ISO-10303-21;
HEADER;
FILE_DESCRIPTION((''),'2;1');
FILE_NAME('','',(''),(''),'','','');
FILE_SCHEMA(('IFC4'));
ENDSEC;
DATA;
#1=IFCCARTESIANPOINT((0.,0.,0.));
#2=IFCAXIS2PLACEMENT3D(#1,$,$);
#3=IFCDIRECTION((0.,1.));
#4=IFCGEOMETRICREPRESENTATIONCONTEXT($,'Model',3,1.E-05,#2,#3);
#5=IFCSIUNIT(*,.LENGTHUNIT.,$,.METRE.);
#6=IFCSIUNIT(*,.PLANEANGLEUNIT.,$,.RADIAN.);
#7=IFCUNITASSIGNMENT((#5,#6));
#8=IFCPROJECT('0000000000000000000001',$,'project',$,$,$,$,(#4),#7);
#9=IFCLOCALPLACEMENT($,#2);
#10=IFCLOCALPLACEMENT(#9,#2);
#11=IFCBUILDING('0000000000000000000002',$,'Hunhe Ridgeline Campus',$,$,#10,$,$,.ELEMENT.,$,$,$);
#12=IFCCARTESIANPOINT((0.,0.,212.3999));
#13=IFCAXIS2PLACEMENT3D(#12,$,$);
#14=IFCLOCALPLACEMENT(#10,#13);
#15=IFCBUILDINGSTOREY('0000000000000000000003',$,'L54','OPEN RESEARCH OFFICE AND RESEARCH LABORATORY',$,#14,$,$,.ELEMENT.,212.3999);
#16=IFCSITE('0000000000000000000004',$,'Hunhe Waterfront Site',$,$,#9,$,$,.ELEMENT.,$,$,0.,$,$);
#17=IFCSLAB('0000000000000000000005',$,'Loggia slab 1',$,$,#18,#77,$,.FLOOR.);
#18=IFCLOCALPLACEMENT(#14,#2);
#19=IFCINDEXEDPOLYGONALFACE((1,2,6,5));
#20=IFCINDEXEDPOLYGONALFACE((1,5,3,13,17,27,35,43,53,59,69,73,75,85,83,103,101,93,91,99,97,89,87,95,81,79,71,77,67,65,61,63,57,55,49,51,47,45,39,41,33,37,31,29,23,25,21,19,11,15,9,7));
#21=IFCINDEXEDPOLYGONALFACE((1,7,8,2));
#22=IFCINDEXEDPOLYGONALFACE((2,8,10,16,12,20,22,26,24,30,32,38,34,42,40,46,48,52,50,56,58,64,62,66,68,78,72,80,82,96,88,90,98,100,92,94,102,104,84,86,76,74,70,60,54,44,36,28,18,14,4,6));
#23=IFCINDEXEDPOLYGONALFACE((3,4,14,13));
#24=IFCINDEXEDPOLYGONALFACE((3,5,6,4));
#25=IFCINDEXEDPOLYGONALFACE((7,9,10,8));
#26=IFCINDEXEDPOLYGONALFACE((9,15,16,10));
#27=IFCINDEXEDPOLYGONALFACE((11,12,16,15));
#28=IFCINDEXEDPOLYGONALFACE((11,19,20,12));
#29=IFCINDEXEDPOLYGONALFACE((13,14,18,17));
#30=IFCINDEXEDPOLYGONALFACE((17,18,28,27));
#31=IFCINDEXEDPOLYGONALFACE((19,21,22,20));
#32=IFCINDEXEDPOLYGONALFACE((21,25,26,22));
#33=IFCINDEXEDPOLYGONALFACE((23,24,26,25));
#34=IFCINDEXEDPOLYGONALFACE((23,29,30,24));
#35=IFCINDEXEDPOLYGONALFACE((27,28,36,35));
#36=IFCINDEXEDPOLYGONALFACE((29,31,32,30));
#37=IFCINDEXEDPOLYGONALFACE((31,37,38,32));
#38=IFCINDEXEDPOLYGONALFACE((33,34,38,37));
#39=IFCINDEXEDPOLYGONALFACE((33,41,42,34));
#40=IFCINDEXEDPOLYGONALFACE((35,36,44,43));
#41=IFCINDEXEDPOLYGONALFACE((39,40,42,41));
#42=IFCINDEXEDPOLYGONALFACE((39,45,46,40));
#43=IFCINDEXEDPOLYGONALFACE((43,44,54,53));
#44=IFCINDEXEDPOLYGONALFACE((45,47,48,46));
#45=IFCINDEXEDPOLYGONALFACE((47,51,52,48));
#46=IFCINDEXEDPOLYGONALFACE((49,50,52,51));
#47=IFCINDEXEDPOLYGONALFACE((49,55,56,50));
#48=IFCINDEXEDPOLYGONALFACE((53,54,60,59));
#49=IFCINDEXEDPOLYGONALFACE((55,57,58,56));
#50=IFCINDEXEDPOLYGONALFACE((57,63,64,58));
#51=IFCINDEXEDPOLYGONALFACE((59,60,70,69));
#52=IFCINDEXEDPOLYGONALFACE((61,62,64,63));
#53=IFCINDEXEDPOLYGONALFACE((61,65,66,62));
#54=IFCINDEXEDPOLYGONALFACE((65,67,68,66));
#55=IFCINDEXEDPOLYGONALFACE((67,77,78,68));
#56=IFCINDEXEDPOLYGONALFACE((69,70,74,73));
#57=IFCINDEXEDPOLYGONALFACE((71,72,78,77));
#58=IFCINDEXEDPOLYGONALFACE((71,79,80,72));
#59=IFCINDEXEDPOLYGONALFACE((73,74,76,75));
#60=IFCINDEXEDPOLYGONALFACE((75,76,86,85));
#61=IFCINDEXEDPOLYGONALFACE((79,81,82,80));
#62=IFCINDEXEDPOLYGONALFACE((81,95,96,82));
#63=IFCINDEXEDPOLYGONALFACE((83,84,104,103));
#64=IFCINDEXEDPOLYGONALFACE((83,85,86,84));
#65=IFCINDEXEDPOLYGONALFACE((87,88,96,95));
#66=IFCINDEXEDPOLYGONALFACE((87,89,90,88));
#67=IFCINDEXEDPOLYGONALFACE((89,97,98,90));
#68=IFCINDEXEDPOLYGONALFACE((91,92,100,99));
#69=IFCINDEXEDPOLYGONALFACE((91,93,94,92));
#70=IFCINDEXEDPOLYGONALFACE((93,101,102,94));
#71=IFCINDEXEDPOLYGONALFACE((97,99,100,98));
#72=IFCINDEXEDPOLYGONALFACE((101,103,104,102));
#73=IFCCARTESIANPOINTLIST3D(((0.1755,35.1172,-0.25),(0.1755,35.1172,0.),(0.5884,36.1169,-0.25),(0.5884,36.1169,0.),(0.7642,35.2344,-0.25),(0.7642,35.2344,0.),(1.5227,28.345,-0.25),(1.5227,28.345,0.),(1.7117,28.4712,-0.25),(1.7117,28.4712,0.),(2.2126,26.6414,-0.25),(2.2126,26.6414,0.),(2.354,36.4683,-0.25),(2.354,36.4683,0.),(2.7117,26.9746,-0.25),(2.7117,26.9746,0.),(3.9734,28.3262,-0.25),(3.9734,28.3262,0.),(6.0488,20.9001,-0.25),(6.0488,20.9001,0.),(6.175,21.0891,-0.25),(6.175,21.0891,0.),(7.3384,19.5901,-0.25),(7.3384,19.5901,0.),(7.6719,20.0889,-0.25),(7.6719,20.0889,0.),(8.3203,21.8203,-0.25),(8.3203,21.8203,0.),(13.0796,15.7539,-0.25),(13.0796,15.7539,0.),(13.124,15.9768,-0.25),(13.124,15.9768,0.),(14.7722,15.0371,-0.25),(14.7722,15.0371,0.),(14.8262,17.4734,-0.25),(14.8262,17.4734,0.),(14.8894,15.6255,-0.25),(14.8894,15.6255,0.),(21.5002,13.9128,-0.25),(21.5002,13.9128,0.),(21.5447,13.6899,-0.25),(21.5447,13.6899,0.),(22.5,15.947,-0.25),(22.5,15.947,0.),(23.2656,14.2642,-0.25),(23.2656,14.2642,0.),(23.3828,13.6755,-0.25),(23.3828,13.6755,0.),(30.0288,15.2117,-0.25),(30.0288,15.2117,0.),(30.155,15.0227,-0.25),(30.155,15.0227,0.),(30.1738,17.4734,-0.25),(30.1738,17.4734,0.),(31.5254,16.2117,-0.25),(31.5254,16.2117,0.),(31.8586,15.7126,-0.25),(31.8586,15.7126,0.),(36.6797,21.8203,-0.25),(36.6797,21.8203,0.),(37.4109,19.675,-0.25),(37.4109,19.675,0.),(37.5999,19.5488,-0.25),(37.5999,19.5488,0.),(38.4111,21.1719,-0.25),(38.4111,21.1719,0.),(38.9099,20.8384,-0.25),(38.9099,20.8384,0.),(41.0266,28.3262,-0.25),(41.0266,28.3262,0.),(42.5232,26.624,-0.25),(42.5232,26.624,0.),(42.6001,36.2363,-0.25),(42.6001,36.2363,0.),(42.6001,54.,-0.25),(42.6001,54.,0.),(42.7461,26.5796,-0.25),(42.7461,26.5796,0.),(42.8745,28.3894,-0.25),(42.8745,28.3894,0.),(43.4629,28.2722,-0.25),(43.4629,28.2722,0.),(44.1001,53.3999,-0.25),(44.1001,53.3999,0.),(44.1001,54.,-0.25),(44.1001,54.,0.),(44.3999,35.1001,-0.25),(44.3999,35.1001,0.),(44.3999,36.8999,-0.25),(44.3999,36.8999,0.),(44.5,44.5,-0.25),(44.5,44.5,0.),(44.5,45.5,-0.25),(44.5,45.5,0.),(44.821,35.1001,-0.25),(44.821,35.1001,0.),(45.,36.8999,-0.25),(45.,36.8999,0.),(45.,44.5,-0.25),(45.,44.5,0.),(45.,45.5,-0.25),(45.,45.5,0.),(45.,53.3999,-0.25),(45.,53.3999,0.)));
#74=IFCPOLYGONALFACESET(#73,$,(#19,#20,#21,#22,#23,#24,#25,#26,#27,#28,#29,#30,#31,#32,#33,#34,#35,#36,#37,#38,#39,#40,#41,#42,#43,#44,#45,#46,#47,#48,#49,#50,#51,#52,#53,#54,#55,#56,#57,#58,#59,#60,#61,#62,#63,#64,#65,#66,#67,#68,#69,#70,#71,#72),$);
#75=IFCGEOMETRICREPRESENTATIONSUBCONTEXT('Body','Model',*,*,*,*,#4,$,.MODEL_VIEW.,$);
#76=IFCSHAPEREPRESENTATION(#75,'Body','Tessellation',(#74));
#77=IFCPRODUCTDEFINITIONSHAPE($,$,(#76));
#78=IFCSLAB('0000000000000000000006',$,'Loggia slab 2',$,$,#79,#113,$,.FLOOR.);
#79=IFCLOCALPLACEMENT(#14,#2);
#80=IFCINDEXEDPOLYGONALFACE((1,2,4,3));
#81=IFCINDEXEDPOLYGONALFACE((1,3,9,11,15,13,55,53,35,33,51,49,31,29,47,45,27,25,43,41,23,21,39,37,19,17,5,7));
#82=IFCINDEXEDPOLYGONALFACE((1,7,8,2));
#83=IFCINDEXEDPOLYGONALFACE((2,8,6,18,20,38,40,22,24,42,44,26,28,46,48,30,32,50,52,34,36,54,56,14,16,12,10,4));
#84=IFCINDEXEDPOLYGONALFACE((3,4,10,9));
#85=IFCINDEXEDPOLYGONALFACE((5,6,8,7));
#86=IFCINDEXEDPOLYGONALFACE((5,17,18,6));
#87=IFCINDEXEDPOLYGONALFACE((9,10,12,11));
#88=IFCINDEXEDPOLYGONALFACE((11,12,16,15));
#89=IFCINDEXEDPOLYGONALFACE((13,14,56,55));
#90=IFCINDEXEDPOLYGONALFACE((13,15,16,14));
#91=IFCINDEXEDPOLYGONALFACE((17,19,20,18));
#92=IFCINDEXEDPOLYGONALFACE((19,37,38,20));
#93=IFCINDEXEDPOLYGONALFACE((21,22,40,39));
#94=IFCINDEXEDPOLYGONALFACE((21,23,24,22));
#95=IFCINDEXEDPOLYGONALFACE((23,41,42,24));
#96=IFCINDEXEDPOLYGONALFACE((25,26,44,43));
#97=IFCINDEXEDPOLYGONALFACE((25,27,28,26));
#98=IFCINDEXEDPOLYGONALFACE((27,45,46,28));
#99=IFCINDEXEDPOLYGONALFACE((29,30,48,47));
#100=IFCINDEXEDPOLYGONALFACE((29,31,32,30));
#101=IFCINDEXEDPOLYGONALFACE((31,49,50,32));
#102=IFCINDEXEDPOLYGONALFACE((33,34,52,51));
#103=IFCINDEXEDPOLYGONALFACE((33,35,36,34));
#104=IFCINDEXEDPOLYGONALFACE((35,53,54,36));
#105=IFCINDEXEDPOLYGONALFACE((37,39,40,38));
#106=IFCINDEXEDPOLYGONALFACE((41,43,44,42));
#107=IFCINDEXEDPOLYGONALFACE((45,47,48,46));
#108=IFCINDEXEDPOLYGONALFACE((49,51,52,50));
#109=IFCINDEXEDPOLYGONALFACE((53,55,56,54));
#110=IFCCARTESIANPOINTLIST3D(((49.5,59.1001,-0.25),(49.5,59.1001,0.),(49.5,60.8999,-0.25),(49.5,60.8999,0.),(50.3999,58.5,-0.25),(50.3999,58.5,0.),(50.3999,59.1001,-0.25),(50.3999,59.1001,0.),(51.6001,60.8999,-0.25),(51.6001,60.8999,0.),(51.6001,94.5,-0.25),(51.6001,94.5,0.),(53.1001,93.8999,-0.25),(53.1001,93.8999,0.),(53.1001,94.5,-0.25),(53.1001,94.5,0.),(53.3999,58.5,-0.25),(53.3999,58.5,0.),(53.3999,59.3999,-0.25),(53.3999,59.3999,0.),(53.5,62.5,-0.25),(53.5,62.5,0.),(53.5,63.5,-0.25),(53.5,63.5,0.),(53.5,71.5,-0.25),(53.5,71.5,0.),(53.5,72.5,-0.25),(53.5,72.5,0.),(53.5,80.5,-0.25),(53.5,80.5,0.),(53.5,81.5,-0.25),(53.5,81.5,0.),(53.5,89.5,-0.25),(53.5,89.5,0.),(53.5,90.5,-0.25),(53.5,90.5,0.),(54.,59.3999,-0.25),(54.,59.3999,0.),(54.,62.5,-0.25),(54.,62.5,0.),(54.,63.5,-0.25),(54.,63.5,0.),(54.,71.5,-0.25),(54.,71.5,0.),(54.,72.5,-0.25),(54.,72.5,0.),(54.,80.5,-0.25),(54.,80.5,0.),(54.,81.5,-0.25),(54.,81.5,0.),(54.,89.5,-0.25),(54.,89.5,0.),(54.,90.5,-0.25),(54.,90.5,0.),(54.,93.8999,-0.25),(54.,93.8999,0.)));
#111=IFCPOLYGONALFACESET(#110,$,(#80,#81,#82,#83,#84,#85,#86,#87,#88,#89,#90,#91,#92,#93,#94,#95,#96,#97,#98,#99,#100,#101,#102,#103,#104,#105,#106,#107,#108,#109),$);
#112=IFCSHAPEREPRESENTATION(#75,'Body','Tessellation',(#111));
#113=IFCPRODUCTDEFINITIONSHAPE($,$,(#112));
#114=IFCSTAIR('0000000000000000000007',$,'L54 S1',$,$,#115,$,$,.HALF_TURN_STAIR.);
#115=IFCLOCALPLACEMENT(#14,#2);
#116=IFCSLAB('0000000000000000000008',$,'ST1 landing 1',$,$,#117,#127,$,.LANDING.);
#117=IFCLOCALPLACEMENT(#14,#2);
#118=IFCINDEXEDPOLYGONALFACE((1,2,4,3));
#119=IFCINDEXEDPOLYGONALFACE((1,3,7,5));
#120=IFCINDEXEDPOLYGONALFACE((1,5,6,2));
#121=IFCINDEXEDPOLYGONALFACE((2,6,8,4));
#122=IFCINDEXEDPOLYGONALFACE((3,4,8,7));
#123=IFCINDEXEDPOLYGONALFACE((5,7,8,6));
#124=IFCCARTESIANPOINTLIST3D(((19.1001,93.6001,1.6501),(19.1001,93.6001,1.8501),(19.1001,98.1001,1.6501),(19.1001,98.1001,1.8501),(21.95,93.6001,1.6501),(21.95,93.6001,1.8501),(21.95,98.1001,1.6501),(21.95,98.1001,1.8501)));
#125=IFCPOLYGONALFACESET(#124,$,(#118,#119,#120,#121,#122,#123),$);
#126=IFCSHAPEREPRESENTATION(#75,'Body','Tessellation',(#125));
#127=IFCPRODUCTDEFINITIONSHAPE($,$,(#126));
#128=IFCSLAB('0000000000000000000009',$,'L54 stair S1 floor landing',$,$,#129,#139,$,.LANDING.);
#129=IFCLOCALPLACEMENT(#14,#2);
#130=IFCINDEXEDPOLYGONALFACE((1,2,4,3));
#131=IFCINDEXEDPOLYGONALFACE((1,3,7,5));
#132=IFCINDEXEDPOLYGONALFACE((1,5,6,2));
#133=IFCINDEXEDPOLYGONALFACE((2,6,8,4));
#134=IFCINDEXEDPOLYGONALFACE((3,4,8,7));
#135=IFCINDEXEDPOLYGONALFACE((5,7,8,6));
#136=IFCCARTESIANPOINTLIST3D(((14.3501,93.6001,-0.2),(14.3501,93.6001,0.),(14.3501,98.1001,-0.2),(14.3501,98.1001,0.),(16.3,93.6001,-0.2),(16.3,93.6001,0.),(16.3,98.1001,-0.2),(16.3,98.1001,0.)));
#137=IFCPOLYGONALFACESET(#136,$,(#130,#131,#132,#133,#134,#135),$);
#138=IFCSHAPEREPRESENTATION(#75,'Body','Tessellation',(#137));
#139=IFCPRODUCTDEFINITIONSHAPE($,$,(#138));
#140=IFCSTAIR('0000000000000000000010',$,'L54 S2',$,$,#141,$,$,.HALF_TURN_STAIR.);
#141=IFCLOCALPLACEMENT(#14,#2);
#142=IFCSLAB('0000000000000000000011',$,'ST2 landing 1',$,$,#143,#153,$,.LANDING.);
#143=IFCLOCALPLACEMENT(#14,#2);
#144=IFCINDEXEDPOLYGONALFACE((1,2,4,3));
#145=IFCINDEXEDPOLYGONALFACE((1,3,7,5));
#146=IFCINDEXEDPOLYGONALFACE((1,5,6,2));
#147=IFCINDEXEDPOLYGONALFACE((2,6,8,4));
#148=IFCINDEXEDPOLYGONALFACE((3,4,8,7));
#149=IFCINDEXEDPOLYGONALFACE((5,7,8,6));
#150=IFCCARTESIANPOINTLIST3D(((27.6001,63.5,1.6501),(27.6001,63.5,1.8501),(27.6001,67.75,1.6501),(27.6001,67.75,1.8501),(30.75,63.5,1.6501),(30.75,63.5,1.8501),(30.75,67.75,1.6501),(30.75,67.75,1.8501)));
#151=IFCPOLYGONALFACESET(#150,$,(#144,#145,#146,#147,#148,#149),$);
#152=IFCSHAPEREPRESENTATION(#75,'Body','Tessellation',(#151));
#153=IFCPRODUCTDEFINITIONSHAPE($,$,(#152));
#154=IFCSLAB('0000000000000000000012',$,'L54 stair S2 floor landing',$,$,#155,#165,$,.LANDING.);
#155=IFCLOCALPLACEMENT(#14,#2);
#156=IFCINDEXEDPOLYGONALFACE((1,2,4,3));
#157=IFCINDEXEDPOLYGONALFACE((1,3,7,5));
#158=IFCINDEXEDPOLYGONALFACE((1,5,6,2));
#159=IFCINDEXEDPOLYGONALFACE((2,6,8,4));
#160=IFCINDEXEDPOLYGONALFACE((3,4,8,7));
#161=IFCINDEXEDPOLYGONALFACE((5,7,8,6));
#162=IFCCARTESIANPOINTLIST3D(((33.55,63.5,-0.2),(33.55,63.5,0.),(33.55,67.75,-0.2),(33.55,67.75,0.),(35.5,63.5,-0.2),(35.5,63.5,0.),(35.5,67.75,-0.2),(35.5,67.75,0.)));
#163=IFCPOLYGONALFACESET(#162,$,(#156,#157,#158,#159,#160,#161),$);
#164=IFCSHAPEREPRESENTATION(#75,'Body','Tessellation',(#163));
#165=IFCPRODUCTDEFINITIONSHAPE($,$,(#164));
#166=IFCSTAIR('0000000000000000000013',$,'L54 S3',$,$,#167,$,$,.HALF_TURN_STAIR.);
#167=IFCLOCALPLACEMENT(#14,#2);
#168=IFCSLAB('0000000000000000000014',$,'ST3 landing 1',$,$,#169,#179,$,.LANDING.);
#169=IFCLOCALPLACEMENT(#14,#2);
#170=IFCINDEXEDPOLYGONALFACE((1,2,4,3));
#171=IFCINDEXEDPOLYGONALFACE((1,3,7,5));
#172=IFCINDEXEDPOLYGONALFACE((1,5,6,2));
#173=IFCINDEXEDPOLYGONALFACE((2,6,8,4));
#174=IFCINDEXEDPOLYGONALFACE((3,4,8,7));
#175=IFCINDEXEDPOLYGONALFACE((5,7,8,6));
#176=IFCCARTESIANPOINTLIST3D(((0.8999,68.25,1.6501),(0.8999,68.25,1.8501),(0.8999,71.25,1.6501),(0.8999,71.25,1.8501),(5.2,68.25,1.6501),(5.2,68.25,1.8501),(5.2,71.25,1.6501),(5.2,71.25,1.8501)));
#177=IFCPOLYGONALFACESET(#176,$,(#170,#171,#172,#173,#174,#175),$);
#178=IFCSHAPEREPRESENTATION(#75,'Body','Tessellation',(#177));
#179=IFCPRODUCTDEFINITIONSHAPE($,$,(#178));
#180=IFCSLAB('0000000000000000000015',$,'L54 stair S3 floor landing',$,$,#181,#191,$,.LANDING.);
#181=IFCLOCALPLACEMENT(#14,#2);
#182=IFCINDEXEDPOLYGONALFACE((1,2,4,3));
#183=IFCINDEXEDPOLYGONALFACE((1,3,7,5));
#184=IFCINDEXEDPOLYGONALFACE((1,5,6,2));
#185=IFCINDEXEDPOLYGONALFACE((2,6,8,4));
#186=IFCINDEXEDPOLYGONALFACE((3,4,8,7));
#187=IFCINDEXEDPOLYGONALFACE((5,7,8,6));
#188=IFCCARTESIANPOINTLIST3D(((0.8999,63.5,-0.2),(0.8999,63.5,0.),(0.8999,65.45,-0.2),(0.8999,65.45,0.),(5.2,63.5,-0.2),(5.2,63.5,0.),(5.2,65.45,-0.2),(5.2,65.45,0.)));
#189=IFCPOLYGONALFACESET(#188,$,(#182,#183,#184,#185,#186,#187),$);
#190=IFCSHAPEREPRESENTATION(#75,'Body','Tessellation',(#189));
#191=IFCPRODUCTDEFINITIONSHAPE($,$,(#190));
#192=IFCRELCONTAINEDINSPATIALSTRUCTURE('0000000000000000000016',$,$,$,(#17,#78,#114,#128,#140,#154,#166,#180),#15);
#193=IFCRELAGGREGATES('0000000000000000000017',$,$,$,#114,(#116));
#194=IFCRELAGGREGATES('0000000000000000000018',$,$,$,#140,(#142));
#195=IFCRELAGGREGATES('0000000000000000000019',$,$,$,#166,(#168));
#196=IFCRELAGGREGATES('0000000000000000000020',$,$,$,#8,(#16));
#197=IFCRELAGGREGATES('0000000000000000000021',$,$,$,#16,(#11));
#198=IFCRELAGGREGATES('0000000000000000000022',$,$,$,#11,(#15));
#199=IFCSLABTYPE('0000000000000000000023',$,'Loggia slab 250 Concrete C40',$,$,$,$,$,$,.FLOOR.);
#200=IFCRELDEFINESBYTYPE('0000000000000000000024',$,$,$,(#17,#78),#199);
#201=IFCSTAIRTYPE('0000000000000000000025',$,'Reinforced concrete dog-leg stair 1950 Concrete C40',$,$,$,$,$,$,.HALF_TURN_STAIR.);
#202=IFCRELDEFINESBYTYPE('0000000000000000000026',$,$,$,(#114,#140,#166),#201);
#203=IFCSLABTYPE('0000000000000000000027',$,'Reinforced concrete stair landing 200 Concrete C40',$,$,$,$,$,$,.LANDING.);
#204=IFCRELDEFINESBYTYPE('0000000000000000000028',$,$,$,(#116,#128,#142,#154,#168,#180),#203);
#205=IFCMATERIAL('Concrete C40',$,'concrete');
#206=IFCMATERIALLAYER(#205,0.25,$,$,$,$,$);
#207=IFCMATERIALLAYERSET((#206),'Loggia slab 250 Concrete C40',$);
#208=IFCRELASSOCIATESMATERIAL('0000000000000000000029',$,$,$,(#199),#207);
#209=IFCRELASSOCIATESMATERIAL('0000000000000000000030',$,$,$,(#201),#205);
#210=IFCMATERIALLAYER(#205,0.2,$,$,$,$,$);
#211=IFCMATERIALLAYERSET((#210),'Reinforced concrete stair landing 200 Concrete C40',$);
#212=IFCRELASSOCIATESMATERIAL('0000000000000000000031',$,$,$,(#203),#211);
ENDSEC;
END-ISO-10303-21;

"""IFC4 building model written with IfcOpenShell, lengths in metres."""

from ifc_helpers import new_model, si_unit, direction, frame, origin, place, context, subcontext, project, spatial, polyline, outline, extrude, material, layer, layer_set, type_object, element, aggregate, save


model = new_model("IFC4")

# Units and contexts
model_context = context("Model", 3, precision=1e-05, world=origin(), true_north=direction((0.0, 1.0)))
body_context = subcontext(model_context, "Body", "Model", "MODEL_VIEW")
ifc_project = project(units=[si_unit("LENGTHUNIT", "METRE"), si_unit("PLANEANGLEUNIT", "RADIAN")], contexts=[model_context])

# Site, building, storey
site_placement = place(None, origin())
site = spatial("IfcSite", under=ifc_project, at=site_placement, Name="Hunhe Waterfront Site", CompositionType="ELEMENT", RefElevation=0.0)
building_placement = place(site_placement, origin())
building = spatial("IfcBuilding", under=site, at=building_placement, Name="Hunhe Ridgeline Campus", CompositionType="ELEMENT")
storey_placement = place(building_placement, frame((0.0, 0.0, 212.3999)))
storey = spatial("IfcBuildingStorey", under=building, at=storey_placement, Name="L54", Description="OPEN RESEARCH OFFICE AND RESEARCH LABORATORY", CompositionType="ELEMENT", Elevation=212.3999)

# Slabs
ifc_material_1 = material(Name="Concrete C40", Category="concrete")
ifc_layer_1 = layer(ifc_material_1, 0.25)
ifc_layer_set_1 = layer_set([ifc_layer_1], Name="Loggia slab 250 Concrete C40")
slab_type_1 = type_object("IfcSlabType", Name="Loggia slab 250 Concrete C40", PredefinedType="FLOOR", material=ifc_layer_set_1)
slab_1_placement = place(storey_placement, frame((0.0, 0.0, -0.25)))
element("IfcSlab", 1, at=slab_1_placement, inside=storey, type_object=slab_type_1, Name="Loggia slab 1", PredefinedType="FLOOR", context=body_context, shape_type="SweptSolid", body=[
    extrude(outline(polyline([(30.1738, 17.4734), (22.5, 15.947), (14.8262, 17.4734), (8.3203, 21.8203), (3.9734, 28.3262), (2.354, 36.4683), (0.5884, 36.1169), (0.7642, 35.2344), (0.1755, 35.1172), (1.5227, 28.345), (1.7117, 28.4712), (2.7117, 26.9746), (2.2126, 26.6414), (6.0488, 20.9001), (6.175, 21.0891), (7.6719, 20.0889), (7.3384, 19.5901), (13.0796, 15.7539), (13.124, 15.9768), (14.8894, 15.6255), (14.7722, 15.0371), (21.5447, 13.6899), (21.5002, 13.9128), (23.2656, 14.2642), (23.3828, 13.6755), (30.155, 15.0227), (30.0288, 15.2117), (31.5254, 16.2117), (31.8586, 15.7126), (37.5999, 19.5488), (37.4109, 19.675), (38.4111, 21.1719), (38.9099, 20.8384), (42.7461, 26.5796), (42.5232, 26.624), (42.8745, 28.3894), (43.4629, 28.2722), (44.821, 35.1001), (44.3999, 35.1001), (44.3999, 36.8999), (45.0, 36.8999), (45.0, 44.5), (44.5, 44.5), (44.5, 45.5), (45.0, 45.5), (45.0, 53.3999), (44.1001, 53.3999), (44.1001, 54.0), (42.6001, 54.0), (42.6001, 36.2363), (41.0266, 28.3262), (36.6797, 21.8203), (30.1738, 17.4734)])), origin(), (0.0, 0.0, 1.0), 0.25),
])
slab_2_placement = place(storey_placement, frame((0.0, 0.0, -0.25)))
element("IfcSlab", 2, at=slab_2_placement, inside=storey, type_object=slab_type_1, Name="Loggia slab 2", PredefinedType="FLOOR", context=body_context, shape_type="SweptSolid", body=[
    extrude(outline(polyline([(49.5, 59.1001), (50.3999, 59.1001), (50.3999, 58.5), (53.3999, 58.5), (53.3999, 59.3999), (54.0, 59.3999), (54.0, 62.5), (53.5, 62.5), (53.5, 63.5), (54.0, 63.5), (54.0, 71.5), (53.5, 71.5), (53.5, 72.5), (54.0, 72.5), (54.0, 80.5), (53.5, 80.5), (53.5, 81.5), (54.0, 81.5), (54.0, 89.5), (53.5, 89.5), (53.5, 90.5), (54.0, 90.5), (54.0, 93.8999), (53.1001, 93.8999), (53.1001, 94.5), (51.6001, 94.5), (51.6001, 60.8999), (49.5, 60.8999), (49.5, 59.1001)])), origin(), (0.0, 0.0, 1.0), 0.25),
])

# Stair, slab
stair_type = type_object("IfcStairType", Name="Reinforced concrete dog-leg stair 1950 Concrete C40", PredefinedType="HALF_TURN_STAIR", material=ifc_material_1)
stair_1_placement = place(storey_placement, origin())
stair_1 = element("IfcStair", 3, at=stair_1_placement, inside=storey, type_object=stair_type, Name="L54 S1", PredefinedType="HALF_TURN_STAIR")
ifc_layer_2 = layer(ifc_material_1, 0.2)
ifc_layer_set_2 = layer_set([ifc_layer_2], Name="Reinforced concrete stair landing 200 Concrete C40")
slab_type_2 = type_object("IfcSlabType", Name="Reinforced concrete stair landing 200 Concrete C40", PredefinedType="LANDING", material=ifc_layer_set_2)
slab_3_placement = place(storey_placement, frame((0.0, 0.0, 1.6501)))
slab_3 = element("IfcSlab", 4, at=slab_3_placement, type_object=slab_type_2, Name="ST1 landing 1", PredefinedType="LANDING", context=body_context, shape_type="SweptSolid", body=[
    extrude(outline(polyline([(19.1001, 93.6001), (21.95, 93.6001), (21.95, 98.1001), (19.1001, 98.1001), (19.1001, 93.6001)])), origin(), (0.0, 0.0, 1.0), 0.2),
])
aggregate(stair_1, [slab_3])

# Slab
slab_4_placement = place(storey_placement, frame((0.0, 0.0, -0.2)))
element("IfcSlab", 5, at=slab_4_placement, inside=storey, type_object=slab_type_2, Name="L54 stair S1 floor landing", PredefinedType="LANDING", context=body_context, shape_type="SweptSolid", body=[
    extrude(outline(polyline([(14.3501, 93.6001), (16.3, 93.6001), (16.3, 98.1001), (14.3501, 98.1001), (14.3501, 93.6001)])), origin(), (0.0, 0.0, 1.0), 0.2),
])

# Stair, slab
stair_2_placement = place(storey_placement, origin())
stair_2 = element("IfcStair", 6, at=stair_2_placement, inside=storey, type_object=stair_type, Name="L54 S2", PredefinedType="HALF_TURN_STAIR")
slab_5_placement = place(storey_placement, frame((0.0, 0.0, 1.6501)))
slab_5 = element("IfcSlab", 7, at=slab_5_placement, type_object=slab_type_2, Name="ST2 landing 1", PredefinedType="LANDING", context=body_context, shape_type="SweptSolid", body=[
    extrude(outline(polyline([(30.75, 67.75), (27.6001, 67.75), (27.6001, 63.5), (30.75, 63.5), (30.75, 67.75)])), origin(), (0.0, 0.0, 1.0), 0.2),
])
aggregate(stair_2, [slab_5])

# Slab
slab_6_placement = place(storey_placement, frame((0.0, 0.0, -0.2)))
element("IfcSlab", 8, at=slab_6_placement, inside=storey, type_object=slab_type_2, Name="L54 stair S2 floor landing", PredefinedType="LANDING", context=body_context, shape_type="SweptSolid", body=[
    extrude(outline(polyline([(35.5, 67.75), (33.55, 67.75), (33.55, 63.5), (35.5, 63.5), (35.5, 67.75)])), origin(), (0.0, 0.0, 1.0), 0.2),
])

# Stair, slab
stair_3_placement = place(storey_placement, origin())
stair_3 = element("IfcStair", 9, at=stair_3_placement, inside=storey, type_object=stair_type, Name="L54 S3", PredefinedType="HALF_TURN_STAIR")
slab_7_placement = place(storey_placement, frame((0.0, 0.0, 1.6501)))
slab_7 = element("IfcSlab", 10, at=slab_7_placement, type_object=slab_type_2, Name="ST3 landing 1", PredefinedType="LANDING", context=body_context, shape_type="SweptSolid", body=[
    extrude(outline(polyline([(5.2, 68.25), (5.2, 71.25), (0.8999, 71.25), (0.8999, 68.25), (5.2, 68.25)])), origin(), (0.0, 0.0, 1.0), 0.2),
])
aggregate(stair_3, [slab_7])

# Slab
slab_8_placement = place(storey_placement, frame((0.0, 0.0, -0.2)))
element("IfcSlab", 11, at=slab_8_placement, inside=storey, type_object=slab_type_2, Name="L54 stair S3 floor landing", PredefinedType="LANDING", context=body_context, shape_type="SweptSolid", body=[
    extrude(outline(polyline([(5.2, 63.5), (5.2, 65.45), (0.8999, 65.45), (0.8999, 63.5), (5.2, 63.5)])), origin(), (0.0, 0.0, 1.0), 0.2),
])

save(model, "model.ifc")
